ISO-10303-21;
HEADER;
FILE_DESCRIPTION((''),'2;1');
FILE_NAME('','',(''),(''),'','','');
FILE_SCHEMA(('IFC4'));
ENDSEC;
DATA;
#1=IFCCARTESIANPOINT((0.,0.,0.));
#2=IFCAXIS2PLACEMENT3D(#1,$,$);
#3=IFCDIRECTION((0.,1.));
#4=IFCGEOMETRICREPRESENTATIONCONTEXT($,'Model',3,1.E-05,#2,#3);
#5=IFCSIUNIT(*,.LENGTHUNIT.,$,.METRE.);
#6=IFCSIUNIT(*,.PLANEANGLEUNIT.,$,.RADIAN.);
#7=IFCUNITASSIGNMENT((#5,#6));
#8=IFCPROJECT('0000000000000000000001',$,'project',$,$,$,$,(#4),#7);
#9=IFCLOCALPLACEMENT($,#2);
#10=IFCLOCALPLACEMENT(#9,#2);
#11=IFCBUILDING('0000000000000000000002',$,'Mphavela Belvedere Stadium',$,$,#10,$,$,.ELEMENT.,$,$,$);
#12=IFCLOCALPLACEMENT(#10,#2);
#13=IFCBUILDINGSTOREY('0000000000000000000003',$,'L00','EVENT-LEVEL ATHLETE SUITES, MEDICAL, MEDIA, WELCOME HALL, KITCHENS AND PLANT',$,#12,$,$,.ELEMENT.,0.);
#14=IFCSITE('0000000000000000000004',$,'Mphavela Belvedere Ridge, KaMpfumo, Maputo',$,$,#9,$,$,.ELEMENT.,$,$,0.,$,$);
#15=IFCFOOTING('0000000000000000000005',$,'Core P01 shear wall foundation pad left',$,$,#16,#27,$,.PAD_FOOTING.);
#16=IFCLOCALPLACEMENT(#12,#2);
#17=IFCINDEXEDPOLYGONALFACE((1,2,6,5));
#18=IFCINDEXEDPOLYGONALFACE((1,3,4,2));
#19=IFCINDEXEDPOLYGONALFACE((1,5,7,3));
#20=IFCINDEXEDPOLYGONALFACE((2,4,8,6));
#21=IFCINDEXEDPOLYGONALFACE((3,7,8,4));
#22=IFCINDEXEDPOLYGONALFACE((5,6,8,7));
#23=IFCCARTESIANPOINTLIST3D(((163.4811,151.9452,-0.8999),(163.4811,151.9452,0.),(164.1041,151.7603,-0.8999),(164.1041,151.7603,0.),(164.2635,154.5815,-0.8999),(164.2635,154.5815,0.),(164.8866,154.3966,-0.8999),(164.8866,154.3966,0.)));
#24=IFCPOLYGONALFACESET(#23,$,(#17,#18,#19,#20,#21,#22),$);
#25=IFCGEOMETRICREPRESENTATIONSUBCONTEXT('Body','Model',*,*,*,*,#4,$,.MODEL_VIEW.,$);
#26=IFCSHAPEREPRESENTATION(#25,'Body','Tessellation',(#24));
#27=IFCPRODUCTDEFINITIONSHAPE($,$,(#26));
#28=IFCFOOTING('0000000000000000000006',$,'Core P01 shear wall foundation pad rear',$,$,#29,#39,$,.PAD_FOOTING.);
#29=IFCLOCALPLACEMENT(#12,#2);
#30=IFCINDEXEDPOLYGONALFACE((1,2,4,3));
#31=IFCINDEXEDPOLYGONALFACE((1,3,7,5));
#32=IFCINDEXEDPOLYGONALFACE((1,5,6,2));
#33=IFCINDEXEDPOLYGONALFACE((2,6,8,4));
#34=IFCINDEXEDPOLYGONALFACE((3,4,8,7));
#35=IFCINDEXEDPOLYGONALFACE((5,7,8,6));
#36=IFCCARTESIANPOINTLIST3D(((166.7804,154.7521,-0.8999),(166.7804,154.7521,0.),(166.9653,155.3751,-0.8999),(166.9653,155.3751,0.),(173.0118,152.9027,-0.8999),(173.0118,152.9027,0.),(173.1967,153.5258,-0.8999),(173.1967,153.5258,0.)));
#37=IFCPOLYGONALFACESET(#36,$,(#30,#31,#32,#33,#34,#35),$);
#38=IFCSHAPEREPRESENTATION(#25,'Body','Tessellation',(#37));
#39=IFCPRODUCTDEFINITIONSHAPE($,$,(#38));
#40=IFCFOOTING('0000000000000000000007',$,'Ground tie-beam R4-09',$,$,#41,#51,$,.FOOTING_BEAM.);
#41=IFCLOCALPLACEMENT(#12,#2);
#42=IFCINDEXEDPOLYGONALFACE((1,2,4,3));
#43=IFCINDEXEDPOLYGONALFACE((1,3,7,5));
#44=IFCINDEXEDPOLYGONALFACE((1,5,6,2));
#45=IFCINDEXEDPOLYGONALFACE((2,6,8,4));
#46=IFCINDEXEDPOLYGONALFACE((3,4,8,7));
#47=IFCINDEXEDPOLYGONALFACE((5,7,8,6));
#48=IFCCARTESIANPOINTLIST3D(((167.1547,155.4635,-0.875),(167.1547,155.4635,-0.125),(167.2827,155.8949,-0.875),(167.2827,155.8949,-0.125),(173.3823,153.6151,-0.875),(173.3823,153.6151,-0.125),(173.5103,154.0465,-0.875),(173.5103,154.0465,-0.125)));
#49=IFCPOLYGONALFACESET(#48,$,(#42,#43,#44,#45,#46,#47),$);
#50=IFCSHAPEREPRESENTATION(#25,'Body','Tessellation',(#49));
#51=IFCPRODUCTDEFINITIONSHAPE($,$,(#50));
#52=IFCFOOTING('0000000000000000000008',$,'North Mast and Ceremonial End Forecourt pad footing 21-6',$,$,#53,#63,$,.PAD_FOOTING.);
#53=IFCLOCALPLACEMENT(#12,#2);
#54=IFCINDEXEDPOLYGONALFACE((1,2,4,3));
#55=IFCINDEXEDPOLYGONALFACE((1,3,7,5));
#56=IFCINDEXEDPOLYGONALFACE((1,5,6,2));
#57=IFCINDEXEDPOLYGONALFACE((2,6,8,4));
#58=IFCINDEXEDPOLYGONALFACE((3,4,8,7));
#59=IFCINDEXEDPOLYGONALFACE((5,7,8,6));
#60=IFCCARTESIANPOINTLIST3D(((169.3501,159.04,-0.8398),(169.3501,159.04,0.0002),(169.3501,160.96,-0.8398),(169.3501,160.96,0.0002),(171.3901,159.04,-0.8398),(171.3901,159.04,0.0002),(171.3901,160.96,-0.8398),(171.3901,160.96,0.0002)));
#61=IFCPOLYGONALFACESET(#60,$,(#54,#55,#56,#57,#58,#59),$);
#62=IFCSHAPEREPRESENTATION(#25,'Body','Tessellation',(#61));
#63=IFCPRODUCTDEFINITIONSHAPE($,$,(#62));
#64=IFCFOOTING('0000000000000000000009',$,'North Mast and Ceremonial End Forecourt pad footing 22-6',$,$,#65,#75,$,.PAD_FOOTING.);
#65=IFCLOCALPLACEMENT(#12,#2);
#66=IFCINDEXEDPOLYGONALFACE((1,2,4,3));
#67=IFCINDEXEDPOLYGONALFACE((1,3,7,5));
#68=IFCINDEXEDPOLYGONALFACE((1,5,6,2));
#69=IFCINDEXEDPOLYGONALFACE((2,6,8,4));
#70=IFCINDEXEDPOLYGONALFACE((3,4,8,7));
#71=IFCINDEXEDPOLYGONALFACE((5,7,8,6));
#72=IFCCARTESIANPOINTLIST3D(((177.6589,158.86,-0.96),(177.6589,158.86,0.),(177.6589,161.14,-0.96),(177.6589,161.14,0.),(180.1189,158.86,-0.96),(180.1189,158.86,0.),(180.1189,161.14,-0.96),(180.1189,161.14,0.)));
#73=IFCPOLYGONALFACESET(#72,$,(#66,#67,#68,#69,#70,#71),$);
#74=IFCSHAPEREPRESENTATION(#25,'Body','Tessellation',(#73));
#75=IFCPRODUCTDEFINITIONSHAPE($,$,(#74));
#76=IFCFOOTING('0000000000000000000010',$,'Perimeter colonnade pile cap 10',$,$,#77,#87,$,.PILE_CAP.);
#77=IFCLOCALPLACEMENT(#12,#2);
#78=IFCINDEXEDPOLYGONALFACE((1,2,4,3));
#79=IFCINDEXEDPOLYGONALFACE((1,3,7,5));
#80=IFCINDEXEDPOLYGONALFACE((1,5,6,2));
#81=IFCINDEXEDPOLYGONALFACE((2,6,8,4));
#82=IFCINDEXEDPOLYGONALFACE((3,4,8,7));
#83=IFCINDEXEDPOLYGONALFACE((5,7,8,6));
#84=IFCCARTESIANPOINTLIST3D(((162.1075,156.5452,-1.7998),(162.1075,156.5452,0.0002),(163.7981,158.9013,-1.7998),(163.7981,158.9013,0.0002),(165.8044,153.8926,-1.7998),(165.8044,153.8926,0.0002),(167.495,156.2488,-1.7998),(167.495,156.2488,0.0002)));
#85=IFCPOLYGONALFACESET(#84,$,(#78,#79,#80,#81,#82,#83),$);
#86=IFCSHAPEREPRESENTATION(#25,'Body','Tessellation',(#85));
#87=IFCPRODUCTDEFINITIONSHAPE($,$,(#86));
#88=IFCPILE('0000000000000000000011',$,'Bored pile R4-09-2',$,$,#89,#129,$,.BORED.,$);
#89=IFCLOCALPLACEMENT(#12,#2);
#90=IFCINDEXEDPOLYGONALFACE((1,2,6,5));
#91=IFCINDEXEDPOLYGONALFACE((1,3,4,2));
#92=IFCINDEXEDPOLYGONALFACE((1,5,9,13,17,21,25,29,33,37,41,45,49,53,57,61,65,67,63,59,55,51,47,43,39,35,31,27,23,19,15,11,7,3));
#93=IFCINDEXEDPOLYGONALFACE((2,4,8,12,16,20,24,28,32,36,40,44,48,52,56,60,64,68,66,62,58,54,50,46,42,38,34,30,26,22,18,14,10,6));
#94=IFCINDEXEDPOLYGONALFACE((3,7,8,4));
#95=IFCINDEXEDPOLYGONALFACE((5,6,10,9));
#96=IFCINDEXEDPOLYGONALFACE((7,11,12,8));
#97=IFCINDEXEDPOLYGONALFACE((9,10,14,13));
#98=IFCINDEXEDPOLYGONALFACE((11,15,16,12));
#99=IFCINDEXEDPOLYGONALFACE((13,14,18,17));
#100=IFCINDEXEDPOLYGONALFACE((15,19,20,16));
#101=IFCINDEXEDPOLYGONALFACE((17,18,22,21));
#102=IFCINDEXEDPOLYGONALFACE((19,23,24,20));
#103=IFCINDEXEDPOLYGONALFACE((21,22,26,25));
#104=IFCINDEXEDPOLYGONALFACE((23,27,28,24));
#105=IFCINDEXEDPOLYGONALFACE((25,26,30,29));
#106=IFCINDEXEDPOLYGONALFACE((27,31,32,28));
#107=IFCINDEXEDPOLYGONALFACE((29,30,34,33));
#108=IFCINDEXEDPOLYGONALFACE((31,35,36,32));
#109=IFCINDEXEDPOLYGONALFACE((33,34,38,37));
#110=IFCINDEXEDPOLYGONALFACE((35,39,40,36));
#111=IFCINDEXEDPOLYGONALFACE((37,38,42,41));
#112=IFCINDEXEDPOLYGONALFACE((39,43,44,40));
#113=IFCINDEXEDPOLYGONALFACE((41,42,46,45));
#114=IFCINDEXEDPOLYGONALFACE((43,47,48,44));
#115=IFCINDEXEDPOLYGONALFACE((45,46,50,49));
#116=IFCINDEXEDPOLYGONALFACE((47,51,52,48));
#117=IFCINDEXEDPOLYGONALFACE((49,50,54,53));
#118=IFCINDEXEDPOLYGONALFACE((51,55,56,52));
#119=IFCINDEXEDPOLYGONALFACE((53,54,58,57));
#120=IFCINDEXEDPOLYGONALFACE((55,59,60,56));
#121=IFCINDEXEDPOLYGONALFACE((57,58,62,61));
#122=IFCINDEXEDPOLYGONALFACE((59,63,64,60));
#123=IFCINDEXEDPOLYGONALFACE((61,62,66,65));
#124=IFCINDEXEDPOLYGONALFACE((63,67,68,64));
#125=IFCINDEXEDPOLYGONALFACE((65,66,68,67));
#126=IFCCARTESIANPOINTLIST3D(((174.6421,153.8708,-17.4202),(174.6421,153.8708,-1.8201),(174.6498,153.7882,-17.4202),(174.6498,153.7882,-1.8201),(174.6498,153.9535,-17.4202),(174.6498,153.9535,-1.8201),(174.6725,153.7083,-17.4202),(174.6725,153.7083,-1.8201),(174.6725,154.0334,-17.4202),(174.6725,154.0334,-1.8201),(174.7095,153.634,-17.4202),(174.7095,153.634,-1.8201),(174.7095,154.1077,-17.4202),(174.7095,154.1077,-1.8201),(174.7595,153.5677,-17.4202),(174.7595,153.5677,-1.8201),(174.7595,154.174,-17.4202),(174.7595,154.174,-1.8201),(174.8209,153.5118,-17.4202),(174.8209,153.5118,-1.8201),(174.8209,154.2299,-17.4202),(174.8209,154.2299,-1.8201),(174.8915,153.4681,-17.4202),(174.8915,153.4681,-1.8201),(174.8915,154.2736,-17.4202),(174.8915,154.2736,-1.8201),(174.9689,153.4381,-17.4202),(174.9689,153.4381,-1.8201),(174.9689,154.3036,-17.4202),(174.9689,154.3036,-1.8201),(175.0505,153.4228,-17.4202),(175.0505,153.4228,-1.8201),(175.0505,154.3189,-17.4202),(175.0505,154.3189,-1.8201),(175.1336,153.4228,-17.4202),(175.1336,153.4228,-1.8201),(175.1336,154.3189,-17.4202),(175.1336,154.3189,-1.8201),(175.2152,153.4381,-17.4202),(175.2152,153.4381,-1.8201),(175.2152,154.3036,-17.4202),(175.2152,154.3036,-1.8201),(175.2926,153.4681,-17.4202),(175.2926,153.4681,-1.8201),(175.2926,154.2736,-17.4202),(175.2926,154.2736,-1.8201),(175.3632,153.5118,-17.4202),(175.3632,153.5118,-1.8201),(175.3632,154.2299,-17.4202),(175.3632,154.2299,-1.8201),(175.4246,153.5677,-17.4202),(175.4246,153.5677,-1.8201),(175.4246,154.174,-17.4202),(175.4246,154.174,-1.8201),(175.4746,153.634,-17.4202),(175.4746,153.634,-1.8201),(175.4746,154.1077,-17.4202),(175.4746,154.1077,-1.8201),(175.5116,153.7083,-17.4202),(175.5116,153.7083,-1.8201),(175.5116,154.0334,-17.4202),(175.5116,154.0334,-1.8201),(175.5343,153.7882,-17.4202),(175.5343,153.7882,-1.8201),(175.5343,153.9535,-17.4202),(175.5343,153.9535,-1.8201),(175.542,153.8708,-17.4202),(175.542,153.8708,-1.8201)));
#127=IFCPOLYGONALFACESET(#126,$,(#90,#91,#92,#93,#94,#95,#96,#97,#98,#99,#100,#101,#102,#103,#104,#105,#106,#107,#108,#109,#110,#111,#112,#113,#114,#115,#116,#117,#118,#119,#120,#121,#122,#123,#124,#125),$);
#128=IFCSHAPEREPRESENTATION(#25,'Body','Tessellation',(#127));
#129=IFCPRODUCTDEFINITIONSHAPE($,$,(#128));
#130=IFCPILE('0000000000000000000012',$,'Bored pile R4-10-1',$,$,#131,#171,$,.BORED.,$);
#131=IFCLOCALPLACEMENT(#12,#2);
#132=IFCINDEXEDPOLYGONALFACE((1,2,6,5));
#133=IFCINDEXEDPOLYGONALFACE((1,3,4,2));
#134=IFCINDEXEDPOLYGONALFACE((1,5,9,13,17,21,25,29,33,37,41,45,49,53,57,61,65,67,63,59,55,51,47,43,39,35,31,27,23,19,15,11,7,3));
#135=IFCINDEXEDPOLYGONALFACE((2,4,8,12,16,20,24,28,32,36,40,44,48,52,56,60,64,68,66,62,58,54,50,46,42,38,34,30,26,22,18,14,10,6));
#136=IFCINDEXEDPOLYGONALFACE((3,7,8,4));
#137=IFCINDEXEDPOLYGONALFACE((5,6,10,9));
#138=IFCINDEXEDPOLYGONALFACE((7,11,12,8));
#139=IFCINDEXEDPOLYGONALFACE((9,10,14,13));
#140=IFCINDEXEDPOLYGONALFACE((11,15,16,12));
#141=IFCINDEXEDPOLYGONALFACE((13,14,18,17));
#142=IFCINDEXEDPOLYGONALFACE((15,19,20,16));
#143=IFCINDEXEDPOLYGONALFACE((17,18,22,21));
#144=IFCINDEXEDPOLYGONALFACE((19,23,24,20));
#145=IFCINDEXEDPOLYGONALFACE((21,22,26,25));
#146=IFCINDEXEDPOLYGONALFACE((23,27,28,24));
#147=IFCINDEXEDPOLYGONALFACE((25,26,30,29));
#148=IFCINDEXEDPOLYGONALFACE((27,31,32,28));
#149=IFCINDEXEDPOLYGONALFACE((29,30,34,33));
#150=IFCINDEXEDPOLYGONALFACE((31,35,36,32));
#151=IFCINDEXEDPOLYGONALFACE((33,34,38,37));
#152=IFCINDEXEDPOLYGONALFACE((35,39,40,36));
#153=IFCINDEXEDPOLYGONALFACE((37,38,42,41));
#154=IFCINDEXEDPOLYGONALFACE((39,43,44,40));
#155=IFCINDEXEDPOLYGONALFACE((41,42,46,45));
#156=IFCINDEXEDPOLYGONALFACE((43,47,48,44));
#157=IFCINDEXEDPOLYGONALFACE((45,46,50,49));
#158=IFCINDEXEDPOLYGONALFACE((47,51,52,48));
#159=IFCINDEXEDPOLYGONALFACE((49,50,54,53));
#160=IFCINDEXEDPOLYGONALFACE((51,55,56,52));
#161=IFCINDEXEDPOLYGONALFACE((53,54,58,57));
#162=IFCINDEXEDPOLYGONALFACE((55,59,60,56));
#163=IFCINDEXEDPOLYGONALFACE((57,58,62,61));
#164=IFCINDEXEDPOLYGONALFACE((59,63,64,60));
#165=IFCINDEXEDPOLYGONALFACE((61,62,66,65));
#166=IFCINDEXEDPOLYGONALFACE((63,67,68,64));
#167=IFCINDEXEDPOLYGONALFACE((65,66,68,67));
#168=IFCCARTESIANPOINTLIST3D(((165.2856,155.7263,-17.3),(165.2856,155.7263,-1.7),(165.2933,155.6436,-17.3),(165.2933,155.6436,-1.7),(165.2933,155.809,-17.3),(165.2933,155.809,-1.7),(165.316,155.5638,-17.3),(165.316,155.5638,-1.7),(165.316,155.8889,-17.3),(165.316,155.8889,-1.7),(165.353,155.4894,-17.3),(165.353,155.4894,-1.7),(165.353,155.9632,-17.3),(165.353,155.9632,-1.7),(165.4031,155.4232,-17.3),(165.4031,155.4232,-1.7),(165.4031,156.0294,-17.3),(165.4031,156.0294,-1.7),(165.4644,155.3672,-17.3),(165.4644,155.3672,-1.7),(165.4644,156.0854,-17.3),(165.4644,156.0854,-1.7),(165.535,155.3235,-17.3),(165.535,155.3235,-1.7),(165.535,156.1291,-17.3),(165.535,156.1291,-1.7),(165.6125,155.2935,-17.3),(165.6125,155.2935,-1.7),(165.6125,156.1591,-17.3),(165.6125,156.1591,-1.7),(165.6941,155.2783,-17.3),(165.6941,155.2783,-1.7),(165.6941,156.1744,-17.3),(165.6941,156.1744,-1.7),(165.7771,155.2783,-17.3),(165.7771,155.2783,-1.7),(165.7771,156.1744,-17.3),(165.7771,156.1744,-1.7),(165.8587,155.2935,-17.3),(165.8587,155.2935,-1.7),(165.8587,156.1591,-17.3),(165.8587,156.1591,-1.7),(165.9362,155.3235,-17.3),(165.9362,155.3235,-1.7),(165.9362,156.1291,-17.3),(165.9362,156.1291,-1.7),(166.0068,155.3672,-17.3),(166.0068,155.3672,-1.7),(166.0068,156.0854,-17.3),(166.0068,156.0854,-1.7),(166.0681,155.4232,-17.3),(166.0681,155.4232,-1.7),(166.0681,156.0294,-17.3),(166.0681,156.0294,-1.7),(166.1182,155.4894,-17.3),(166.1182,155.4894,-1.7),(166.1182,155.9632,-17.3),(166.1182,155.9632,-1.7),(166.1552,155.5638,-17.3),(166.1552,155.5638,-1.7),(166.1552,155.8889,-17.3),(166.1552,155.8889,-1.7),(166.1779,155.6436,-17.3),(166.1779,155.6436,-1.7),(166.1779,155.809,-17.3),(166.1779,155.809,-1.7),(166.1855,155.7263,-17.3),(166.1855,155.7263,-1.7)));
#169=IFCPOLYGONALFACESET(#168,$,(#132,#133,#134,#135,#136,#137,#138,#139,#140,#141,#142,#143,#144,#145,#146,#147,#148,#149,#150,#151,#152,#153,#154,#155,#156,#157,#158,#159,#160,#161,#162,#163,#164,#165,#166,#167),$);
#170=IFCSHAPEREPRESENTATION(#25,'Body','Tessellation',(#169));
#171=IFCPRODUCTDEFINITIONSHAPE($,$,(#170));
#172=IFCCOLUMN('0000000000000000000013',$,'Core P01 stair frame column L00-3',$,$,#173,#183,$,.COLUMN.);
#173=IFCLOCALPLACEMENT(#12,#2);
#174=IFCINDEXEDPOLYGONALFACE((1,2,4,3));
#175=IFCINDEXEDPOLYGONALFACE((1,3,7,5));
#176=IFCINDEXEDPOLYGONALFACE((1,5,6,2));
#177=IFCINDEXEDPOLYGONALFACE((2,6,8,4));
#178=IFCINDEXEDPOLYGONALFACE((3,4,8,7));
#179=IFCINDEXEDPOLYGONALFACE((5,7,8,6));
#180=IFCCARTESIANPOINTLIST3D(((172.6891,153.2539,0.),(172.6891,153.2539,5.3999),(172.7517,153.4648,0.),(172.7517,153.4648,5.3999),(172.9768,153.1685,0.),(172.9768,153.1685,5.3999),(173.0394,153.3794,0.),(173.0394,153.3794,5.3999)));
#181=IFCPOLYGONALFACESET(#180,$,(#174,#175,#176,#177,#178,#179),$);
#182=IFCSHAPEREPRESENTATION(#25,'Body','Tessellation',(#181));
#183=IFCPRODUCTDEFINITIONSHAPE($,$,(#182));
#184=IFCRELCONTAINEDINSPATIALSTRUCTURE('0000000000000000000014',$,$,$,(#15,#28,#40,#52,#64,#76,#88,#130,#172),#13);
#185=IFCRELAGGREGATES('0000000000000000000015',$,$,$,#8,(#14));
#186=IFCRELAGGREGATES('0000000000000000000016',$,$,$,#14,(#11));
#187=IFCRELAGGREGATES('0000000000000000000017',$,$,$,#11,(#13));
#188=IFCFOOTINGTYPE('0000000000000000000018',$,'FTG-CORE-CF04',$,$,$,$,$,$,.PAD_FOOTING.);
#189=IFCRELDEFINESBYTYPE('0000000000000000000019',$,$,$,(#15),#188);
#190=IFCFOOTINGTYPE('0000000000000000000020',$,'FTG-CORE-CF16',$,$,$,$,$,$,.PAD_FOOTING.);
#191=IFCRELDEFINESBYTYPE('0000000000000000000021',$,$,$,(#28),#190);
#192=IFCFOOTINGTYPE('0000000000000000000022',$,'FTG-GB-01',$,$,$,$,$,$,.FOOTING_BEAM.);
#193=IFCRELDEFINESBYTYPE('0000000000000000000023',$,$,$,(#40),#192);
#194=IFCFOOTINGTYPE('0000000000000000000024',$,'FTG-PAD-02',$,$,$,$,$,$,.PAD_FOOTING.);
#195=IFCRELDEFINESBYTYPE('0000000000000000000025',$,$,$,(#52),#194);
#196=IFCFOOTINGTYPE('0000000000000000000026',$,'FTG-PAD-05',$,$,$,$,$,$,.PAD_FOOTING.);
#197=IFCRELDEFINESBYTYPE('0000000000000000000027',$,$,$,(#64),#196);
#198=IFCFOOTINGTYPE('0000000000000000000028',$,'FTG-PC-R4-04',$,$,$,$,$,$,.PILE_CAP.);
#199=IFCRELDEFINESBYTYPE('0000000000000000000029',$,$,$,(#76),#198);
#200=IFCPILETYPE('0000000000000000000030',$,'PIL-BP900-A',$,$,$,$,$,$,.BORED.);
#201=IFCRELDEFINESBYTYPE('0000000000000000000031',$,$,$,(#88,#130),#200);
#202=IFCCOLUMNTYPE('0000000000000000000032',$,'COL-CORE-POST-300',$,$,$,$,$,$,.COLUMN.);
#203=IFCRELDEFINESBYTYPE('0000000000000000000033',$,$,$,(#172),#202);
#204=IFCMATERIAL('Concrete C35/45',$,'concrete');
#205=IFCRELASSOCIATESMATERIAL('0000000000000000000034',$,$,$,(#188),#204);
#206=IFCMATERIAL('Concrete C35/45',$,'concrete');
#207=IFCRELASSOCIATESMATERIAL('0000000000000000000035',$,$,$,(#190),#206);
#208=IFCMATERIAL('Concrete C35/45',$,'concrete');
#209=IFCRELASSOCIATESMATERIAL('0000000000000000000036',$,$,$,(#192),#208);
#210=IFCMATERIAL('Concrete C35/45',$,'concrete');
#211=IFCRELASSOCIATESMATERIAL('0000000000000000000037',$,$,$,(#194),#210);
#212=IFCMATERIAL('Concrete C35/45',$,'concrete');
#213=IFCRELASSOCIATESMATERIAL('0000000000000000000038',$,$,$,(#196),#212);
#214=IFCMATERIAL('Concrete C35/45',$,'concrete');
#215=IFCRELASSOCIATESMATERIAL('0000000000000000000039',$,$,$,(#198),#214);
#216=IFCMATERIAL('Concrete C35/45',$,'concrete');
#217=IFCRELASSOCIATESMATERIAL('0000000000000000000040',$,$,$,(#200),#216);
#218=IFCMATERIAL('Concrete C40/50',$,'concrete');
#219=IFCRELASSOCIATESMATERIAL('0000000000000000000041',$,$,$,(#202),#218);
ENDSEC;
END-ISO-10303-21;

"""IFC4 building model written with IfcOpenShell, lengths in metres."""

from ifc_helpers import new_model, si_unit, direction, frame, origin, origin_2d, place, context, subcontext, project, spatial, rectangle, circle, extrude, material, material_profile, profile_set, type_object, element, save


model = new_model("IFC4")

# Units and contexts
model_context = context("Model", 3, precision=1e-05, world=origin(), true_north=direction((0.0, 1.0)))
body_context = subcontext(model_context, "Body", "Model", "MODEL_VIEW")
ifc_project = project(units=[si_unit("LENGTHUNIT", "METRE"), si_unit("PLANEANGLEUNIT", "RADIAN")], contexts=[model_context])

# Site, building, storey
site_placement = place(None, origin())
site = spatial("IfcSite", under=ifc_project, at=site_placement, Name="Mphavela Belvedere Ridge, KaMpfumo, Maputo", CompositionType="ELEMENT", RefElevation=0.0)
building_placement = place(site_placement, origin())
building = spatial("IfcBuilding", under=site, at=building_placement, Name="Mphavela Belvedere Stadium", CompositionType="ELEMENT")
storey_placement = place(building_placement, origin())
storey = spatial("IfcBuildingStorey", under=building, at=storey_placement, Name="L00", Description="EVENT-LEVEL ATHLETE SUITES, MEDICAL, MEDIA, WELCOME HALL, KITCHENS AND PLANT", CompositionType="ELEMENT", Elevation=0.0)

# Footings
ifc_material_1 = material(Name="Concrete C35/45", Category="concrete")
footing_type_1 = type_object("IfcFootingType", Name="FTG-CORE-CF04", PredefinedType="PAD_FOOTING", material=ifc_material_1)
footing_1_placement = place(storey_placement, frame((164.1838, 153.1709, -0.8999), z_axis=(0.0, 0.0, 1.0), x_axis=(0.284517, 0.958671, 0.0)))
element("IfcFooting", 1, at=footing_1_placement, inside=storey, type_object=footing_type_1, Name="Core P01 shear wall foundation pad left", PredefinedType="PAD_FOOTING", context=body_context, shape_type="SweptSolid", body=[
    extrude(rectangle(XDim=2.75, YDim=0.6499, at=origin_2d()), origin(), (0.0, 0.0, 1.0), 0.8999),
])
ifc_material_2 = material(Name="Concrete C35/45", Category="concrete")
footing_type_2 = type_object("IfcFootingType", Name="FTG-CORE-CF16", PredefinedType="PAD_FOOTING", material=ifc_material_2)
footing_2_placement = place(storey_placement, frame((169.9885, 154.1389, -0.8999), z_axis=(0.0, 0.0, 1.0), x_axis=(0.958671, -0.284517, 0.0)))
element("IfcFooting", 2, at=footing_2_placement, inside=storey, type_object=footing_type_2, Name="Core P01 shear wall foundation pad rear", PredefinedType="PAD_FOOTING", context=body_context, shape_type="SweptSolid", body=[
    extrude(rectangle(XDim=6.5, YDim=0.6499, at=origin_2d()), origin(), (0.0, 0.0, 1.0), 0.8999),
])
ifc_material_3 = material(Name="Concrete C35/45", Category="concrete")
ifc_material_profile_1 = material_profile(ifc_material_3, rectangle(XDim=0.45, YDim=0.75, at=origin_2d()), Name="GB 450x750")
ifc_profile_set_1 = profile_set([ifc_material_profile_1], Name="Concrete C35/45")
footing_type_3 = type_object("IfcFootingType", Name="FTG-GB-01", PredefinedType="FOOTING_BEAM", material=ifc_profile_set_1)
footing_3_placement = place(storey_placement, frame((173.4463, 153.8308, -0.5), z_axis=(-0.958664, 0.28454, 0.0), x_axis=(-0.28454, -0.958664, 0.0)))
element("IfcFooting", 3, at=footing_3_placement, inside=storey, type_object=footing_type_3, Name="Ground tie-beam R4-09", PredefinedType="FOOTING_BEAM", context=body_context, shape_type="SweptSolid", body=[
    extrude(rectangle(XDim=0.45, YDim=0.75, at=origin_2d()), origin(), (0.0, 0.0, 1.0), 6.4961),
])
ifc_material_4 = material(Name="Concrete C35/45", Category="concrete")
footing_type_4 = type_object("IfcFootingType", Name="FTG-PAD-02", PredefinedType="PAD_FOOTING", material=ifc_material_4)
footing_4_placement = place(storey_placement, frame((170.3701, 160.0, -0.8398), z_axis=(0.0, 0.0, 1.0), x_axis=(1.0, 0.0, 0.0)))
element("IfcFooting", 4, at=footing_4_placement, inside=storey, type_object=footing_type_4, Name="North Mast and Ceremonial End Forecourt pad footing 21-6", PredefinedType="PAD_FOOTING", context=body_context, shape_type="SweptSolid", body=[
    extrude(rectangle(XDim=2.04, YDim=1.9199, at=origin_2d()), origin(), (0.0, 0.0, 1.0), 0.8401),
])
ifc_material_5 = material(Name="Concrete C35/45", Category="concrete")
footing_type_5 = type_object("IfcFootingType", Name="FTG-PAD-05", PredefinedType="PAD_FOOTING", material=ifc_material_5)
footing_5_placement = place(storey_placement, frame((178.8889, 160.0, -0.96), z_axis=(0.0, 0.0, 1.0), x_axis=(1.0, 0.0, 0.0)))
element("IfcFooting", 5, at=footing_5_placement, inside=storey, type_object=footing_type_5, Name="North Mast and Ceremonial End Forecourt pad footing 22-6", PredefinedType="PAD_FOOTING", context=body_context, shape_type="SweptSolid", body=[
    extrude(rectangle(XDim=2.46, YDim=2.28, at=origin_2d()), origin(), (0.0, 0.0, 1.0), 0.96),
])
ifc_material_6 = material(Name="Concrete C35/45", Category="concrete")
footing_type_6 = type_object("IfcFootingType", Name="FTG-PC-R4-04", PredefinedType="PILE_CAP", material=ifc_material_6)
footing_6_placement = place(storey_placement, frame((164.8013, 156.397, -1.7998), z_axis=(0.0, 0.0, 1.0), x_axis=(-0.812491, 0.582974, 0.0)))
element("IfcFooting", 6, at=footing_6_placement, inside=storey, type_object=footing_type_6, Name="Perimeter colonnade pile cap 10", PredefinedType="PILE_CAP", context=body_context, shape_type="SweptSolid", body=[
    extrude(rectangle(XDim=4.55, YDim=2.8999, at=origin_2d()), origin(), (0.0, 0.0, 1.0), 1.8),
])

# Piles
ifc_material_7 = material(Name="Concrete C35/45", Category="concrete")
ifc_material_profile_2 = material_profile(ifc_material_7, circle(Radius=0.45, at=origin_2d()), Name="BP D900")
ifc_profile_set_2 = profile_set([ifc_material_profile_2], Name="Concrete C35/45")
pile_type = type_object("IfcPileType", Name="PIL-BP900-A", PredefinedType="BORED", material=ifc_profile_set_2)
for number, where, z_axis, x_axis, name in (
    (7, (175.092, 153.8708, -1.8201), (0.0, 0.0, -1.0), (1.0, 0.0, 0.0), "Bored pile R4-09-2"),
    (8, (165.7356, 155.7263, -1.7), (0.0, 0.0, -1.0), (1.0, 0.0, 0.0), "Bored pile R4-10-1"),
):
    element("IfcPile", number, at=place(storey_placement, frame(where, z_axis=z_axis, x_axis=x_axis)), inside=storey, type_object=pile_type, Name=name, PredefinedType="BORED", context=body_context, shape_type="SweptSolid", body=[
        extrude(circle(Radius=0.45, at=origin_2d()), origin(), (0.0, 0.0, 1.0), 15.6001),
    ])

# Column
ifc_material_8 = material(Name="Concrete C40/50", Category="concrete")
ifc_material_profile_3 = material_profile(ifc_material_8, rectangle(XDim=0.3, YDim=0.22, at=origin_2d()), Name="RC 300x220")
ifc_profile_set_3 = profile_set([ifc_material_profile_3], Name="Concrete C40/50")
column_type_1 = type_object("IfcColumnType", Name="COL-CORE-POST-300", PredefinedType="COLUMN", material=ifc_profile_set_3)
for number, where, z_axis, x_axis, name in (
    (9, (172.8643, 153.3167, 0.0), (0.0, 0.0, 1.0), (0.958671, -0.284517, 0.0), "Core P01 stair frame column L00-3"),
):
    element("IfcColumn", number, at=place(storey_placement, frame(where, z_axis=z_axis, x_axis=x_axis)), inside=storey, type_object=column_type_1, Name=name, PredefinedType="COLUMN", context=body_context, shape_type="SweptSolid", body=[
        extrude(rectangle(XDim=0.3, YDim=0.22, at=origin_2d()), origin(), (0.0, 0.0, 1.0), 5.3999),
    ])

save(model, "model.ifc")
